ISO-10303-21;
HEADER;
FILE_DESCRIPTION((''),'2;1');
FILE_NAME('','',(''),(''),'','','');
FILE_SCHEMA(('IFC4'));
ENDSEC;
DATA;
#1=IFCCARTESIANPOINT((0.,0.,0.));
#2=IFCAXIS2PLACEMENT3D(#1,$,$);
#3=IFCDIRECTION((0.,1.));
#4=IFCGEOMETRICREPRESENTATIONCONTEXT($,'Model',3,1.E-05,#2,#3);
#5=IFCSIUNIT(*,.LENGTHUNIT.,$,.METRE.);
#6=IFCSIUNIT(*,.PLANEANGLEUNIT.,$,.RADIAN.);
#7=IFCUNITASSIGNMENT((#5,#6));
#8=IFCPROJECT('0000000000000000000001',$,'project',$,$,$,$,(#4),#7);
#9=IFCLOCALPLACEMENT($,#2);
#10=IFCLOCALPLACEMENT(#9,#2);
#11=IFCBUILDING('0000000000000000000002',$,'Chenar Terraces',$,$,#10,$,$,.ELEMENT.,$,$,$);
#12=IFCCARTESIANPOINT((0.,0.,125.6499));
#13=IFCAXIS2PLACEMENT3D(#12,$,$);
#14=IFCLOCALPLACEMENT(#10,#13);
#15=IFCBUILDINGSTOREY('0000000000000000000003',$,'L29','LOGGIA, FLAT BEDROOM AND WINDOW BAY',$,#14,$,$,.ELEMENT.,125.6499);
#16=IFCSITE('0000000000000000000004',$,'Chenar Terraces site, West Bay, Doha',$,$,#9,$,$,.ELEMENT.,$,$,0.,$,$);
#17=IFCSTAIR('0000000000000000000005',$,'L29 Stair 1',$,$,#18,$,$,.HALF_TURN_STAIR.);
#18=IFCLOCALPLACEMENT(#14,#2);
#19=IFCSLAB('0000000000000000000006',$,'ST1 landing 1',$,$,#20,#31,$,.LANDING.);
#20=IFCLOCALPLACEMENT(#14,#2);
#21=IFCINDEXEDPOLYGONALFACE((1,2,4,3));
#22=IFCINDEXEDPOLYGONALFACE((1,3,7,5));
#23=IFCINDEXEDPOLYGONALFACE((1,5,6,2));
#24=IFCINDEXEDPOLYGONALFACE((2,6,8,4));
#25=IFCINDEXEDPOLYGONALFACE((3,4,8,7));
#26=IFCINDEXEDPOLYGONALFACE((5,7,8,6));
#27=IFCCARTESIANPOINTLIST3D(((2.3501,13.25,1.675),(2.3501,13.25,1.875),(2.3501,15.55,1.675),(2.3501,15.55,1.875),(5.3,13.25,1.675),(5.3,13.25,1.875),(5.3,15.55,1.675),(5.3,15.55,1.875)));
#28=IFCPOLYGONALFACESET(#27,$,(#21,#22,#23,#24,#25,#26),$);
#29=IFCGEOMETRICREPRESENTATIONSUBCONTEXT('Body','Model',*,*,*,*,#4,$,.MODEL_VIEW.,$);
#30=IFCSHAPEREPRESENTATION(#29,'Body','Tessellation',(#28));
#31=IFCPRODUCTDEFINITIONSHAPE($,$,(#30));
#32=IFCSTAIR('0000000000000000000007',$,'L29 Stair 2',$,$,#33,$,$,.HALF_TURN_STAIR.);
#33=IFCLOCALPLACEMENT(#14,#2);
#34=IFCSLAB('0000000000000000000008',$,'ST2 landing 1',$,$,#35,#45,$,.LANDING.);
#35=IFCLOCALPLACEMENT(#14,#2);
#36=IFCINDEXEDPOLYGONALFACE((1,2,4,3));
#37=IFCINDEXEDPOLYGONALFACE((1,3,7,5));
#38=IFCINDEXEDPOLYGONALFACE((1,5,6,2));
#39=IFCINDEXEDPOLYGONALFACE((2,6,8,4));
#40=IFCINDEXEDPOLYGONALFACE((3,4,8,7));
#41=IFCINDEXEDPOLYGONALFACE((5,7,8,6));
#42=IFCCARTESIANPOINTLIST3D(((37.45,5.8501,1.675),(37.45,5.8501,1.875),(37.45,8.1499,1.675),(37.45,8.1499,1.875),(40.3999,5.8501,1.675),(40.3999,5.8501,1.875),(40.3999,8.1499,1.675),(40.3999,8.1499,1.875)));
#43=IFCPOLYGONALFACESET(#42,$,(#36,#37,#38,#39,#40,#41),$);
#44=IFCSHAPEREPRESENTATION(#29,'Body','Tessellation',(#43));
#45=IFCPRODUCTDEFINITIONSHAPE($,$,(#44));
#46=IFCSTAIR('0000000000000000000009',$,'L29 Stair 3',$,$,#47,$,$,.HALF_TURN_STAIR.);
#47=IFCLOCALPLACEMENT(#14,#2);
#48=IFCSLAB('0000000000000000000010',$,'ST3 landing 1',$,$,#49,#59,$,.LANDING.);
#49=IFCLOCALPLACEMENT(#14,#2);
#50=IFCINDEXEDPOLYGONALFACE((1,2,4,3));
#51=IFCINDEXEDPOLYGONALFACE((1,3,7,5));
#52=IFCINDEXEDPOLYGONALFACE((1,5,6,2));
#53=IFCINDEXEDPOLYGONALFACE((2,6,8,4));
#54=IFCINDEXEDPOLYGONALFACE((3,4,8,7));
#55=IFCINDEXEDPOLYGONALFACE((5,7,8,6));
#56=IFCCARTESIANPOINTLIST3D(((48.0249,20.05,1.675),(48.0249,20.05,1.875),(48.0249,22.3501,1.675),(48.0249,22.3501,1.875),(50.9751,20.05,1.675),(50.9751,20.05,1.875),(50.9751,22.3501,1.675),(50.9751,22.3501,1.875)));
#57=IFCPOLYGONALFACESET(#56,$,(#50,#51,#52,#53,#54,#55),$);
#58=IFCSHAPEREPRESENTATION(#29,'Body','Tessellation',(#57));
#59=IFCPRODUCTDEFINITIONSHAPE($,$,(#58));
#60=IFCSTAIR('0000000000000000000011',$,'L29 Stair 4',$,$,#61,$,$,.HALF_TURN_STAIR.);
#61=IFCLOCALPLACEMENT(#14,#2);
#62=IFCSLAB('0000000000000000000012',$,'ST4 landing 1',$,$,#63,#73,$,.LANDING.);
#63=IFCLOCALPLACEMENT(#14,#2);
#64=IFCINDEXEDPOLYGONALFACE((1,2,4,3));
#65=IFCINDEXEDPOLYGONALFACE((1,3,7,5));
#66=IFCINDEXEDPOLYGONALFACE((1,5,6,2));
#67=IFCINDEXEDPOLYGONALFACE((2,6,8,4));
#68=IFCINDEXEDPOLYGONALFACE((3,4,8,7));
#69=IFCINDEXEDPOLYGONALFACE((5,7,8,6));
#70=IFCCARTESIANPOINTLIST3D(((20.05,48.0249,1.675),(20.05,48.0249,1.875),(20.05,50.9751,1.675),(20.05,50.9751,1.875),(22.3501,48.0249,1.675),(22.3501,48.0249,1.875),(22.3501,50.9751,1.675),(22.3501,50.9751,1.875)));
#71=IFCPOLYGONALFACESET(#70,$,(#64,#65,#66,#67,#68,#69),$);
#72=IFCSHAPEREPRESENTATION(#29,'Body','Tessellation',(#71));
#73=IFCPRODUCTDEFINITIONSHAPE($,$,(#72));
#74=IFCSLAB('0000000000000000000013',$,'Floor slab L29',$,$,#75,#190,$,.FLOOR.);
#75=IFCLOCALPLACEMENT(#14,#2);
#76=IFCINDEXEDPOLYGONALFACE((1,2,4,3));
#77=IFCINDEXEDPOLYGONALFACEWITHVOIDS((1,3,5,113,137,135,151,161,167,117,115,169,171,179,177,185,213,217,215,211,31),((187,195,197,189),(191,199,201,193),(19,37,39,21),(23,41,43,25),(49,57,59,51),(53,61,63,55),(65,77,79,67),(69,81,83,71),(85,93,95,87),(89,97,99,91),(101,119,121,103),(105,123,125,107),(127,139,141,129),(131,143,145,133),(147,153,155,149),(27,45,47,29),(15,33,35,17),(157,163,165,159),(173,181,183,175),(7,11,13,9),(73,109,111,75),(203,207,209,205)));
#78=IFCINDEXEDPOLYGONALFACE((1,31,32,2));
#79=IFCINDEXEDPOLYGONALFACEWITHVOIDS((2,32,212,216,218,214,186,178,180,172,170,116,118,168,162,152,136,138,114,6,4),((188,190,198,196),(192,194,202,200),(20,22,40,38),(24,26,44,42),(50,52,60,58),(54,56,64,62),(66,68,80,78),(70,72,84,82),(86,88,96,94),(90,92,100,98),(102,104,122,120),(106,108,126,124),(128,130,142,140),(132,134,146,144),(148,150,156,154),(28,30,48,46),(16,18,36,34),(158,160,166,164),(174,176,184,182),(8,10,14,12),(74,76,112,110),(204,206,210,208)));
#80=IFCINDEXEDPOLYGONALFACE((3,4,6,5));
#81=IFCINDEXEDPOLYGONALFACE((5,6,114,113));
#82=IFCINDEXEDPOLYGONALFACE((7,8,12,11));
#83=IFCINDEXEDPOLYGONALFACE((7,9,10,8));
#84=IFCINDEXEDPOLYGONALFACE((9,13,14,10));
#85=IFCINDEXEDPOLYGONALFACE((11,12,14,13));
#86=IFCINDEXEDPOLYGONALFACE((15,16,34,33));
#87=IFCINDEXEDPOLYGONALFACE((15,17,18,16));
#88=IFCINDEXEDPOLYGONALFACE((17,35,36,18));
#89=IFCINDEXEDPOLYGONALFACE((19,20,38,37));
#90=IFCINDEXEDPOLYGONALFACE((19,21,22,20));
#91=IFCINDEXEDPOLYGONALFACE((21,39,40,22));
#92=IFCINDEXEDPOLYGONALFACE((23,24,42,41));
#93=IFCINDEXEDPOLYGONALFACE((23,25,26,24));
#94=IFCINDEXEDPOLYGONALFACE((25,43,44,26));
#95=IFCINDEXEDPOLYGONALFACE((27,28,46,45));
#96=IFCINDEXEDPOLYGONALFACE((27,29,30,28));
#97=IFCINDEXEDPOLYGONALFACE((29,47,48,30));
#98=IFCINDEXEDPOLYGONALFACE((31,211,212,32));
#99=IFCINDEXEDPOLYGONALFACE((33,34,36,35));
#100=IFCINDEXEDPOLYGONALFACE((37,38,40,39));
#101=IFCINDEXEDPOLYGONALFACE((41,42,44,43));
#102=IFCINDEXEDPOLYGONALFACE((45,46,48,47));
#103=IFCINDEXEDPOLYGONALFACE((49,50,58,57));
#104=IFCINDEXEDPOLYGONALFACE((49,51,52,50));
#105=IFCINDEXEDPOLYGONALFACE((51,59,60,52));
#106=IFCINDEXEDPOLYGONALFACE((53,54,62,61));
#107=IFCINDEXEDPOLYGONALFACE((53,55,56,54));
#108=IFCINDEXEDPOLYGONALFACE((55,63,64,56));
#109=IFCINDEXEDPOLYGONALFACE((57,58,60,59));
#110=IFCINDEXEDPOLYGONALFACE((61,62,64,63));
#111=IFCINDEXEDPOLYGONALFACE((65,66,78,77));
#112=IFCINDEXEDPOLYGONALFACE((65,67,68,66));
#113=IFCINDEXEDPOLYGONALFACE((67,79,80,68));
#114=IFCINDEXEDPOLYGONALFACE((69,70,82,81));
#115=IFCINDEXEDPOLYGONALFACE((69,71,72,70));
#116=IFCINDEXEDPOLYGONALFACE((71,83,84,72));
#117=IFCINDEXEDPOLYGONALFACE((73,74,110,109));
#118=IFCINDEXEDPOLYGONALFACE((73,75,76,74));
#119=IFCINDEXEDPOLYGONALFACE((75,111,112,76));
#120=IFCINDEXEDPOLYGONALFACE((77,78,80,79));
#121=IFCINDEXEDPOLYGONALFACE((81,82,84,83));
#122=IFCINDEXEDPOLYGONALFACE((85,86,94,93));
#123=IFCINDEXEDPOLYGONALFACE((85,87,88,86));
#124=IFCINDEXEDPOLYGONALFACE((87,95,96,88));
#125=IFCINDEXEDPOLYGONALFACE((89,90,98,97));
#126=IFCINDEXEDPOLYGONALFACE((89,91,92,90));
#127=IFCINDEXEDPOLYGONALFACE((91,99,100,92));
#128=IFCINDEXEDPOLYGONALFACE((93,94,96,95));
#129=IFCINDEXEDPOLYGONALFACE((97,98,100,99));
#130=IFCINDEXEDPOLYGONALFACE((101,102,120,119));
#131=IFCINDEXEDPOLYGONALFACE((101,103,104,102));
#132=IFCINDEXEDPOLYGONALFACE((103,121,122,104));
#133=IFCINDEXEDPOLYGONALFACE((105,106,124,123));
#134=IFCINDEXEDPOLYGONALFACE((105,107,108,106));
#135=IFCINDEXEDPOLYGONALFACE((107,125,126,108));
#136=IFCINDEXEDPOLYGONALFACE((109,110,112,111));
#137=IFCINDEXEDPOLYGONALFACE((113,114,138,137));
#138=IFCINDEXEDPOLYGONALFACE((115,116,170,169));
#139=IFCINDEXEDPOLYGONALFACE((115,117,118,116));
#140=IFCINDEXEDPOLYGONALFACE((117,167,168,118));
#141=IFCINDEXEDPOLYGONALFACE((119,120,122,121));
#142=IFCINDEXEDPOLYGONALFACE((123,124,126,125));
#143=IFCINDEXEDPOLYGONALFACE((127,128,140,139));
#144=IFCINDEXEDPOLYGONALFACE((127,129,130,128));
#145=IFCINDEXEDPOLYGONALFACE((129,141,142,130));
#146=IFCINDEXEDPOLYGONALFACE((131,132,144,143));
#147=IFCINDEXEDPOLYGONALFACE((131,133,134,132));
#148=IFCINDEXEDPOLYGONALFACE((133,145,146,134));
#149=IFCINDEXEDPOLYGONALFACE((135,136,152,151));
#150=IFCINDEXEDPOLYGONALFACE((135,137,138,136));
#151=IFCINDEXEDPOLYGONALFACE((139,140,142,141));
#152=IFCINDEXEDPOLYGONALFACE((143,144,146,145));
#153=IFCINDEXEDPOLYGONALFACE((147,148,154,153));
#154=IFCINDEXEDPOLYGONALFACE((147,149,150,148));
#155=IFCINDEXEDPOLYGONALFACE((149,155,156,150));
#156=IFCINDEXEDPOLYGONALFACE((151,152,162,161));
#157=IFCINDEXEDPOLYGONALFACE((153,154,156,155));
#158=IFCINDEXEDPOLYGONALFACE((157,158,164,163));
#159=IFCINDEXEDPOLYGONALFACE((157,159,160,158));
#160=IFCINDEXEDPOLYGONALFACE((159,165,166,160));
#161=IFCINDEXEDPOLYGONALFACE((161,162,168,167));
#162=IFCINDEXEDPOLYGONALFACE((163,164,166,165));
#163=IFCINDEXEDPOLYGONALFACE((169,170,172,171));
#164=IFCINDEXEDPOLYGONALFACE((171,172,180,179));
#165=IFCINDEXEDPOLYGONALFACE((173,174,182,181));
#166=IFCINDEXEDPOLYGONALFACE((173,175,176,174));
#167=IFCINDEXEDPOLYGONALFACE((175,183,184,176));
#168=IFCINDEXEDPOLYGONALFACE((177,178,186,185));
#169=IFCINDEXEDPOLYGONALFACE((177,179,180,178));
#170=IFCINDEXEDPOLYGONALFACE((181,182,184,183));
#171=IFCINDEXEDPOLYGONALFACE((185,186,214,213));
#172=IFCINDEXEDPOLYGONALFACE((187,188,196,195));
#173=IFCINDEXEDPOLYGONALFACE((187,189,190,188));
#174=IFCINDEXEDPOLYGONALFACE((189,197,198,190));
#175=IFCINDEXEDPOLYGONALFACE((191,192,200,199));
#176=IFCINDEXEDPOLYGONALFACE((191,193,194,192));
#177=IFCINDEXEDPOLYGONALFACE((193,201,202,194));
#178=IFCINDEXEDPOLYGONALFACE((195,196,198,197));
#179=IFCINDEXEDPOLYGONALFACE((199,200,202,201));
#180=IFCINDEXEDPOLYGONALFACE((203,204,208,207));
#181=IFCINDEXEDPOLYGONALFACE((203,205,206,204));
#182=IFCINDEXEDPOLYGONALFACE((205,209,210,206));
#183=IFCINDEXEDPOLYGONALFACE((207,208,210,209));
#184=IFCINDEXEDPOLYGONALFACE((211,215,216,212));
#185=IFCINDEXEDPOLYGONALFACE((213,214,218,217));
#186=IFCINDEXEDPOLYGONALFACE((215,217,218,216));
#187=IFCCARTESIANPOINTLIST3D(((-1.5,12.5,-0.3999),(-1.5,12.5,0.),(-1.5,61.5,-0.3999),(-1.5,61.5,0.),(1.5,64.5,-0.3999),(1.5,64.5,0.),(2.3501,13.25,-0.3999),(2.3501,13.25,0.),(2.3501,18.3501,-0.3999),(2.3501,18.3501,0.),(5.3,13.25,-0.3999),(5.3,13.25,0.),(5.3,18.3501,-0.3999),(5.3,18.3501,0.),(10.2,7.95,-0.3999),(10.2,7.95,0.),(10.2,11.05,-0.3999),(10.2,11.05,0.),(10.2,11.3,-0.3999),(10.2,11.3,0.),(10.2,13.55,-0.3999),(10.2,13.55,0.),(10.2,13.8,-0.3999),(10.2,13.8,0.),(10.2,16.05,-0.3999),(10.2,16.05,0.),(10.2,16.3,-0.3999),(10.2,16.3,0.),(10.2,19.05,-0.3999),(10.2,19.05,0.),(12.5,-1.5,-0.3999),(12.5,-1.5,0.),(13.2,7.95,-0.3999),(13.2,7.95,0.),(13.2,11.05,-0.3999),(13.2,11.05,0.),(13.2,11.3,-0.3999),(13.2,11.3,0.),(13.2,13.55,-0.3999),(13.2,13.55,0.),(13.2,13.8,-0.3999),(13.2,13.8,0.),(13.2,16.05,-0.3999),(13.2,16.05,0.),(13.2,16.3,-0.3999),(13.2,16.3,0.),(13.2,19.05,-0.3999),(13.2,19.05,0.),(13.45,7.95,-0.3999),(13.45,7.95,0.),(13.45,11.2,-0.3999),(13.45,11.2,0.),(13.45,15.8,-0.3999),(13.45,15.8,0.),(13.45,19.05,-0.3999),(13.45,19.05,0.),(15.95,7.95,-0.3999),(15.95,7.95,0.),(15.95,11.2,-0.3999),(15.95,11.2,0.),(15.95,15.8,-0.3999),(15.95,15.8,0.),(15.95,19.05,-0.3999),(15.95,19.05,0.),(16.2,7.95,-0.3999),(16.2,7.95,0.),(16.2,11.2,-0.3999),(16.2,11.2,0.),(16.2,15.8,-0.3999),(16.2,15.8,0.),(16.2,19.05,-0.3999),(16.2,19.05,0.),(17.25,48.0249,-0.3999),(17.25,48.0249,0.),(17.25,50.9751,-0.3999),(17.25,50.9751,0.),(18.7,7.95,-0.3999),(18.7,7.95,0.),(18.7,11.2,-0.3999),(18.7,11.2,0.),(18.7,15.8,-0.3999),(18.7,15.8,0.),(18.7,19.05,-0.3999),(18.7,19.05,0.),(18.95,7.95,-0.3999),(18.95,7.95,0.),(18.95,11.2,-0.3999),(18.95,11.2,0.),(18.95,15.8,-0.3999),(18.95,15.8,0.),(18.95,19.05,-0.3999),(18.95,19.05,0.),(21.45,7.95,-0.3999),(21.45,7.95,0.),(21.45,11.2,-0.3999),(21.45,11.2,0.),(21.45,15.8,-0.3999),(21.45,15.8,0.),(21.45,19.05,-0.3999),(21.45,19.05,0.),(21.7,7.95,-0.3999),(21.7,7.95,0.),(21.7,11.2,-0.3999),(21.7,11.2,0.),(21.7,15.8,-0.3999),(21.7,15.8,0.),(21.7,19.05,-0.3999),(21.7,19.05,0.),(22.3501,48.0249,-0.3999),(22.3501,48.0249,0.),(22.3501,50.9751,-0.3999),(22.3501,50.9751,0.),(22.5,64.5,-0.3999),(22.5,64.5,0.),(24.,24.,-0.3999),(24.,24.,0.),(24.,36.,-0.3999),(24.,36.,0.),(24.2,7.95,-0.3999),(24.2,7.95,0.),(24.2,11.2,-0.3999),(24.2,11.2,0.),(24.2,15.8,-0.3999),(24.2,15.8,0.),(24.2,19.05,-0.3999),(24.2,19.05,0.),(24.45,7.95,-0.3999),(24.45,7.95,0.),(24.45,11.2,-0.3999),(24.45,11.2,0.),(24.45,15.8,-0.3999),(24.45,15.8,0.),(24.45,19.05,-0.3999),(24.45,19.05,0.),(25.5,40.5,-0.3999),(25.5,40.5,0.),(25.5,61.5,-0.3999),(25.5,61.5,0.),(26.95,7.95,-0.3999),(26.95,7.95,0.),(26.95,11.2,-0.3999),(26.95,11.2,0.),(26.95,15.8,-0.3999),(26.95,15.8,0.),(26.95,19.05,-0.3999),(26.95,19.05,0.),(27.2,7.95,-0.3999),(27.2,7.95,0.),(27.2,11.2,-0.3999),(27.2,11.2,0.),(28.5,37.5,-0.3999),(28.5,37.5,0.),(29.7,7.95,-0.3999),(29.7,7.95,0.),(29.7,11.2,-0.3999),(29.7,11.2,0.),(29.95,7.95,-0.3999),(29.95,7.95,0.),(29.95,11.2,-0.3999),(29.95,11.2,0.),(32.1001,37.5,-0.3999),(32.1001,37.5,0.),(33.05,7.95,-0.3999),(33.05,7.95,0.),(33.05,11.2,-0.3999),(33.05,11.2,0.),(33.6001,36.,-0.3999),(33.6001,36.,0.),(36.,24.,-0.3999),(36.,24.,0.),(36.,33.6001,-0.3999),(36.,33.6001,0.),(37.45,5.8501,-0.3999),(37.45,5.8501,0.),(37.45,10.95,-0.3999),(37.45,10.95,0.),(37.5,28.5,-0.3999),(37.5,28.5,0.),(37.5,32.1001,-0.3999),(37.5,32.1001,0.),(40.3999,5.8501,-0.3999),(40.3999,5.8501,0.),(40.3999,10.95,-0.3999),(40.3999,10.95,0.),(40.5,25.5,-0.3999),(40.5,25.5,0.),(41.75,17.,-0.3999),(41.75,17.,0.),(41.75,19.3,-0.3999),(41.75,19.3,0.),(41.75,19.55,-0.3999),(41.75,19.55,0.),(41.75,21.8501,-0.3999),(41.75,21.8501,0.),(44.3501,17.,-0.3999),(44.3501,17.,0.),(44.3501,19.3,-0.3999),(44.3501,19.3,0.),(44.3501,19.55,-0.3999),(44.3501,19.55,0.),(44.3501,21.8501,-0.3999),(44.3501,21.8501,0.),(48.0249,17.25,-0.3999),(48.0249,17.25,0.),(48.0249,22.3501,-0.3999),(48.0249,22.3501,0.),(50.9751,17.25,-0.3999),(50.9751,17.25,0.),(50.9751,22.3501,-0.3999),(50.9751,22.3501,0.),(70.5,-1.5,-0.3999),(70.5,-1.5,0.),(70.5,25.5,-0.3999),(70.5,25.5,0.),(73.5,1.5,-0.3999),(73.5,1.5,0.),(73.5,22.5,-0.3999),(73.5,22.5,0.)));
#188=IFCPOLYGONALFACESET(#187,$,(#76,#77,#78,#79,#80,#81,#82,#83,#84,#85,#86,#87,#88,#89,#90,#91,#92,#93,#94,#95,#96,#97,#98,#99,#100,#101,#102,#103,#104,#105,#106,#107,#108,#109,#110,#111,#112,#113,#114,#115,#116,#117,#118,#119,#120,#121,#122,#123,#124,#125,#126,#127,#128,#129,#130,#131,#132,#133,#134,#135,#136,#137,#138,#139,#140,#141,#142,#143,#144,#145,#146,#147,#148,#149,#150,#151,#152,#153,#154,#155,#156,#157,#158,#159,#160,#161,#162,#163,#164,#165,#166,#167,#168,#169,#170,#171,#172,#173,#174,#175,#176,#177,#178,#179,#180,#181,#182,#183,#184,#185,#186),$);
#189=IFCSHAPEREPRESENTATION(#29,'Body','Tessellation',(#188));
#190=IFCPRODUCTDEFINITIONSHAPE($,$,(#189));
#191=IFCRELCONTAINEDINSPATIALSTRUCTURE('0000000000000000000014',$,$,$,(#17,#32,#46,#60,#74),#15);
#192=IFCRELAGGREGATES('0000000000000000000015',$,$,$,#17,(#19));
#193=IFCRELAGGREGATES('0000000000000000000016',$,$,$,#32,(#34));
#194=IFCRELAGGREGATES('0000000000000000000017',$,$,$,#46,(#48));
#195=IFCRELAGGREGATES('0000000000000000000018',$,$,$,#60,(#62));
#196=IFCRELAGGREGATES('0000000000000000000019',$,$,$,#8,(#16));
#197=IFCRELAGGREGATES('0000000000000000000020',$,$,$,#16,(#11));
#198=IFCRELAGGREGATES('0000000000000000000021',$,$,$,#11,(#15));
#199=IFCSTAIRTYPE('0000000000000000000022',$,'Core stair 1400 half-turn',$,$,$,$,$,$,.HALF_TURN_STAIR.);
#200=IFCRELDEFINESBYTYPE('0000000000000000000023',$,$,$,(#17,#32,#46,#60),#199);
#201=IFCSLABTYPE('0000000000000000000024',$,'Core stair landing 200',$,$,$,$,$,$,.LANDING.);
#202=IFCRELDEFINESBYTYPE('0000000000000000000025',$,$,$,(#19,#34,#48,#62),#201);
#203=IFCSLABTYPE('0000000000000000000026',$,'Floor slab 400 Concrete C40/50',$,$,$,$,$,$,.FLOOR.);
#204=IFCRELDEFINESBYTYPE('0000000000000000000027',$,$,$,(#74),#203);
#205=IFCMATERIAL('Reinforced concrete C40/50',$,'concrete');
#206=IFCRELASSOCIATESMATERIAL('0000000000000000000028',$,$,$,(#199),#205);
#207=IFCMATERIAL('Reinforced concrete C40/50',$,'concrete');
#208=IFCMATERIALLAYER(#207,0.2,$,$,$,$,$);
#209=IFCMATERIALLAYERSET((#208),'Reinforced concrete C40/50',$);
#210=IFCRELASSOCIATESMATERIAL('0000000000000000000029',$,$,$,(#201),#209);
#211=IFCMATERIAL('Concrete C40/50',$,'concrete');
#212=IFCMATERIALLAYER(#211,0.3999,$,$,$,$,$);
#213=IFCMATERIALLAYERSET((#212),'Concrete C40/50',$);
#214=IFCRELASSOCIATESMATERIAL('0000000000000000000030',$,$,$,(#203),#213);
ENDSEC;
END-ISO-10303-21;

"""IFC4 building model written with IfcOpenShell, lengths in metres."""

from ifc_helpers import new_model, si_unit, direction, frame, origin, place, context, subcontext, project, spatial, polyline, outline, extrude, material, layer, layer_set, type_object, element, aggregate, save


model = new_model("IFC4")

# Units and contexts
model_context = context("Model", 3, precision=1e-05, world=origin(), true_north=direction((0.0, 1.0)))
body_context = subcontext(model_context, "Body", "Model", "MODEL_VIEW")
ifc_project = project(units=[si_unit("LENGTHUNIT", "METRE"), si_unit("PLANEANGLEUNIT", "RADIAN")], contexts=[model_context])

# Site, building, storey
site_placement = place(None, origin())
site = spatial("IfcSite", under=ifc_project, at=site_placement, Name="Chenar Terraces site, West Bay, Doha", CompositionType="ELEMENT", RefElevation=0.0)
building_placement = place(site_placement, origin())
building = spatial("IfcBuilding", under=site, at=building_placement, Name="Chenar Terraces", CompositionType="ELEMENT")
storey_placement = place(building_placement, frame((0.0, 0.0, 125.6499)))
storey = spatial("IfcBuildingStorey", under=building, at=storey_placement, Name="L29", Description="LOGGIA, FLAT BEDROOM AND WINDOW BAY", CompositionType="ELEMENT", Elevation=125.6499)

# Stairs, slabs
ifc_material_1 = material(Name="Reinforced concrete C40/50", Category="concrete")
stair_type = type_object("IfcStairType", Name="Core stair 1400 half-turn", PredefinedType="HALF_TURN_STAIR", material=ifc_material_1)
placement_1 = place(storey_placement, origin())
stair_1 = element("IfcStair", 1, at=placement_1, inside=storey, type_object=stair_type, Name="L29 Stair 1", PredefinedType="HALF_TURN_STAIR")
ifc_material_2 = material(Name="Reinforced concrete C40/50", Category="concrete")
ifc_layer_1 = layer(ifc_material_2, 0.2)
ifc_layer_set_1 = layer_set([ifc_layer_1], Name="Reinforced concrete C40/50")
slab_type_1 = type_object("IfcSlabType", Name="Core stair landing 200", PredefinedType="LANDING", material=ifc_layer_set_1)
placement_2 = place(storey_placement, frame((0.0, 0.0, 1.675)))
slab_1 = element("IfcSlab", 2, at=placement_2, type_object=slab_type_1, Name="ST1 landing 1", PredefinedType="LANDING", context=body_context, shape_type="SweptSolid", body=[
    extrude(outline(polyline([(2.3501, 15.55), (2.3501, 13.25), (5.3, 13.25), (5.3, 15.55), (2.3501, 15.55)])), origin(), (0.0, 0.0, 1.0), 0.2),
])
aggregate(stair_1, [slab_1])
stair_2 = element("IfcStair", 3, at=placement_1, inside=storey, type_object=stair_type, Name="L29 Stair 2", PredefinedType="HALF_TURN_STAIR")
slab_2 = element("IfcSlab", 4, at=placement_2, type_object=slab_type_1, Name="ST2 landing 1", PredefinedType="LANDING", context=body_context, shape_type="SweptSolid", body=[
    extrude(outline(polyline([(37.45, 8.1499), (37.45, 5.8501), (40.3999, 5.8501), (40.3999, 8.1499), (37.45, 8.1499)])), origin(), (0.0, 0.0, 1.0), 0.2),
])
aggregate(stair_2, [slab_2])
stair_3 = element("IfcStair", 5, at=placement_1, inside=storey, type_object=stair_type, Name="L29 Stair 3", PredefinedType="HALF_TURN_STAIR")
slab_3 = element("IfcSlab", 6, at=placement_2, type_object=slab_type_1, Name="ST3 landing 1", PredefinedType="LANDING", context=body_context, shape_type="SweptSolid", body=[
    extrude(outline(polyline([(50.9751, 20.05), (50.9751, 22.3501), (48.0249, 22.3501), (48.0249, 20.05), (50.9751, 20.05)])), origin(), (0.0, 0.0, 1.0), 0.2),
])
aggregate(stair_3, [slab_3])
stair_4 = element("IfcStair", 7, at=placement_1, inside=storey, type_object=stair_type, Name="L29 Stair 4", PredefinedType="HALF_TURN_STAIR")
slab_4 = element("IfcSlab", 8, at=placement_2, type_object=slab_type_1, Name="ST4 landing 1", PredefinedType="LANDING", context=body_context, shape_type="SweptSolid", body=[
    extrude(outline(polyline([(20.05, 48.0249), (22.3501, 48.0249), (22.3501, 50.9751), (20.05, 50.9751), (20.05, 48.0249)])), origin(), (0.0, 0.0, 1.0), 0.2),
])
aggregate(stair_4, [slab_4])

# Slab
ifc_material_3 = material(Name="Concrete C40/50", Category="concrete")
ifc_layer_2 = layer(ifc_material_3, 0.3999)
ifc_layer_set_2 = layer_set([ifc_layer_2], Name="Concrete C40/50")
slab_type_2 = type_object("IfcSlabType", Name="Floor slab 400 Concrete C40/50", PredefinedType="FLOOR", material=ifc_layer_set_2)
slab_5_placement = place(storey_placement, frame((0.0, 0.0, -0.3999)))
element("IfcSlab", 9, at=slab_5_placement, inside=storey, type_object=slab_type_2, Name="Floor slab L29", PredefinedType="FLOOR", context=body_context, shape_type="SweptSolid", body=[
    extrude(outline(polyline([(73.5, 22.5), (73.5, 1.5), (70.5, -1.5), (12.5, -1.5), (-1.5, 12.5), (-1.5, 61.5), (1.5, 64.5), (22.5, 64.5), (25.5, 61.5), (25.5, 40.5), (28.5, 37.5), (32.1001, 37.5), (33.6001, 36.0), (24.0, 36.0), (24.0, 24.0), (36.0, 24.0), (36.0, 33.6001), (37.5, 32.1001), (37.5, 28.5), (40.5, 25.5), (70.5, 25.5), (73.5, 22.5)]), holes=[polyline([(13.2, 11.05), (10.2, 11.05), (10.2, 7.95), (13.2, 7.95), (13.2, 11.05)]), polyline([(15.95, 11.2), (13.45, 11.2), (13.45, 7.95), (15.95, 7.95), (15.95, 11.2)]), polyline([(18.7, 11.2), (16.2, 11.2), (16.2, 7.95), (18.7, 7.95), (18.7, 11.2)]), polyline([(21.45, 7.95), (21.45, 11.2), (18.95, 11.2), (18.95, 7.95), (21.45, 7.95)]), polyline([(13.2, 11.3), (13.2, 13.55), (10.2, 13.55), (10.2, 11.3), (13.2, 11.3)]), polyline([(13.2, 16.05), (10.2, 16.05), (10.2, 13.8), (13.2, 13.8), (13.2, 16.05)]), polyline([(2.3501, 18.3501), (2.3501, 13.25), (5.3, 13.25), (5.3, 18.3501), (2.3501, 18.3501)]), polyline([(15.95, 15.8), (15.95, 19.05), (13.45, 19.05), (13.45, 15.8), (15.95, 15.8)]), polyline([(18.7, 19.05), (16.2, 19.05), (16.2, 15.8), (18.7, 15.8), (18.7, 19.05)]), polyline([(21.45, 15.8), (21.45, 19.05), (18.95, 19.05), (18.95, 15.8), (21.45, 15.8)]), polyline([(13.2, 16.3), (13.2, 19.05), (10.2, 19.05), (10.2, 16.3), (13.2, 16.3)]), polyline([(22.3501, 48.0249), (22.3501, 50.9751), (17.25, 50.9751), (17.25, 48.0249), (22.3501, 48.0249)]), polyline([(37.45, 10.95), (37.45, 5.8501), (40.3999, 5.8501), (40.3999, 10.95), (37.45, 10.95)]), polyline([(24.2, 7.95), (24.2, 11.2), (21.7, 11.2), (21.7, 7.95), (24.2, 7.95)]), polyline([(26.95, 11.2), (24.45, 11.2), (24.45, 7.95), (26.95, 7.95), (26.95, 11.2)]), polyline([(29.7, 7.95), (29.7, 11.2), (27.2, 11.2), (27.2, 7.95), (29.7, 7.95)]), polyline([(33.05, 7.95), (33.05, 11.2), (29.95, 11.2), (29.95, 7.95), (33.05, 7.95)]), polyline([(24.2, 19.05), (21.7, 19.05), (21.7, 15.8), (24.2, 15.8), (24.2, 19.05)]), polyline([(26.95, 15.8), (26.95, 19.05), (24.45, 19.05), (24.45, 15.8), (26.95, 15.8)]), polyline([(44.3501, 17.0), (44.3501, 19.3), (41.75, 19.3), (41.75, 17.0), (44.3501, 17.0)]), polyline([(50.9751, 22.3501), (48.0249, 22.3501), (48.0249, 17.25), (50.9751, 17.25), (50.9751, 22.3501)]), polyline([(44.3501, 19.55), (44.3501, 21.8501), (41.75, 21.8501), (41.75, 19.55), (44.3501, 19.55)])]), origin(), (0.0, 0.0, 1.0), 0.3999),
])

save(model, "model.ifc")
